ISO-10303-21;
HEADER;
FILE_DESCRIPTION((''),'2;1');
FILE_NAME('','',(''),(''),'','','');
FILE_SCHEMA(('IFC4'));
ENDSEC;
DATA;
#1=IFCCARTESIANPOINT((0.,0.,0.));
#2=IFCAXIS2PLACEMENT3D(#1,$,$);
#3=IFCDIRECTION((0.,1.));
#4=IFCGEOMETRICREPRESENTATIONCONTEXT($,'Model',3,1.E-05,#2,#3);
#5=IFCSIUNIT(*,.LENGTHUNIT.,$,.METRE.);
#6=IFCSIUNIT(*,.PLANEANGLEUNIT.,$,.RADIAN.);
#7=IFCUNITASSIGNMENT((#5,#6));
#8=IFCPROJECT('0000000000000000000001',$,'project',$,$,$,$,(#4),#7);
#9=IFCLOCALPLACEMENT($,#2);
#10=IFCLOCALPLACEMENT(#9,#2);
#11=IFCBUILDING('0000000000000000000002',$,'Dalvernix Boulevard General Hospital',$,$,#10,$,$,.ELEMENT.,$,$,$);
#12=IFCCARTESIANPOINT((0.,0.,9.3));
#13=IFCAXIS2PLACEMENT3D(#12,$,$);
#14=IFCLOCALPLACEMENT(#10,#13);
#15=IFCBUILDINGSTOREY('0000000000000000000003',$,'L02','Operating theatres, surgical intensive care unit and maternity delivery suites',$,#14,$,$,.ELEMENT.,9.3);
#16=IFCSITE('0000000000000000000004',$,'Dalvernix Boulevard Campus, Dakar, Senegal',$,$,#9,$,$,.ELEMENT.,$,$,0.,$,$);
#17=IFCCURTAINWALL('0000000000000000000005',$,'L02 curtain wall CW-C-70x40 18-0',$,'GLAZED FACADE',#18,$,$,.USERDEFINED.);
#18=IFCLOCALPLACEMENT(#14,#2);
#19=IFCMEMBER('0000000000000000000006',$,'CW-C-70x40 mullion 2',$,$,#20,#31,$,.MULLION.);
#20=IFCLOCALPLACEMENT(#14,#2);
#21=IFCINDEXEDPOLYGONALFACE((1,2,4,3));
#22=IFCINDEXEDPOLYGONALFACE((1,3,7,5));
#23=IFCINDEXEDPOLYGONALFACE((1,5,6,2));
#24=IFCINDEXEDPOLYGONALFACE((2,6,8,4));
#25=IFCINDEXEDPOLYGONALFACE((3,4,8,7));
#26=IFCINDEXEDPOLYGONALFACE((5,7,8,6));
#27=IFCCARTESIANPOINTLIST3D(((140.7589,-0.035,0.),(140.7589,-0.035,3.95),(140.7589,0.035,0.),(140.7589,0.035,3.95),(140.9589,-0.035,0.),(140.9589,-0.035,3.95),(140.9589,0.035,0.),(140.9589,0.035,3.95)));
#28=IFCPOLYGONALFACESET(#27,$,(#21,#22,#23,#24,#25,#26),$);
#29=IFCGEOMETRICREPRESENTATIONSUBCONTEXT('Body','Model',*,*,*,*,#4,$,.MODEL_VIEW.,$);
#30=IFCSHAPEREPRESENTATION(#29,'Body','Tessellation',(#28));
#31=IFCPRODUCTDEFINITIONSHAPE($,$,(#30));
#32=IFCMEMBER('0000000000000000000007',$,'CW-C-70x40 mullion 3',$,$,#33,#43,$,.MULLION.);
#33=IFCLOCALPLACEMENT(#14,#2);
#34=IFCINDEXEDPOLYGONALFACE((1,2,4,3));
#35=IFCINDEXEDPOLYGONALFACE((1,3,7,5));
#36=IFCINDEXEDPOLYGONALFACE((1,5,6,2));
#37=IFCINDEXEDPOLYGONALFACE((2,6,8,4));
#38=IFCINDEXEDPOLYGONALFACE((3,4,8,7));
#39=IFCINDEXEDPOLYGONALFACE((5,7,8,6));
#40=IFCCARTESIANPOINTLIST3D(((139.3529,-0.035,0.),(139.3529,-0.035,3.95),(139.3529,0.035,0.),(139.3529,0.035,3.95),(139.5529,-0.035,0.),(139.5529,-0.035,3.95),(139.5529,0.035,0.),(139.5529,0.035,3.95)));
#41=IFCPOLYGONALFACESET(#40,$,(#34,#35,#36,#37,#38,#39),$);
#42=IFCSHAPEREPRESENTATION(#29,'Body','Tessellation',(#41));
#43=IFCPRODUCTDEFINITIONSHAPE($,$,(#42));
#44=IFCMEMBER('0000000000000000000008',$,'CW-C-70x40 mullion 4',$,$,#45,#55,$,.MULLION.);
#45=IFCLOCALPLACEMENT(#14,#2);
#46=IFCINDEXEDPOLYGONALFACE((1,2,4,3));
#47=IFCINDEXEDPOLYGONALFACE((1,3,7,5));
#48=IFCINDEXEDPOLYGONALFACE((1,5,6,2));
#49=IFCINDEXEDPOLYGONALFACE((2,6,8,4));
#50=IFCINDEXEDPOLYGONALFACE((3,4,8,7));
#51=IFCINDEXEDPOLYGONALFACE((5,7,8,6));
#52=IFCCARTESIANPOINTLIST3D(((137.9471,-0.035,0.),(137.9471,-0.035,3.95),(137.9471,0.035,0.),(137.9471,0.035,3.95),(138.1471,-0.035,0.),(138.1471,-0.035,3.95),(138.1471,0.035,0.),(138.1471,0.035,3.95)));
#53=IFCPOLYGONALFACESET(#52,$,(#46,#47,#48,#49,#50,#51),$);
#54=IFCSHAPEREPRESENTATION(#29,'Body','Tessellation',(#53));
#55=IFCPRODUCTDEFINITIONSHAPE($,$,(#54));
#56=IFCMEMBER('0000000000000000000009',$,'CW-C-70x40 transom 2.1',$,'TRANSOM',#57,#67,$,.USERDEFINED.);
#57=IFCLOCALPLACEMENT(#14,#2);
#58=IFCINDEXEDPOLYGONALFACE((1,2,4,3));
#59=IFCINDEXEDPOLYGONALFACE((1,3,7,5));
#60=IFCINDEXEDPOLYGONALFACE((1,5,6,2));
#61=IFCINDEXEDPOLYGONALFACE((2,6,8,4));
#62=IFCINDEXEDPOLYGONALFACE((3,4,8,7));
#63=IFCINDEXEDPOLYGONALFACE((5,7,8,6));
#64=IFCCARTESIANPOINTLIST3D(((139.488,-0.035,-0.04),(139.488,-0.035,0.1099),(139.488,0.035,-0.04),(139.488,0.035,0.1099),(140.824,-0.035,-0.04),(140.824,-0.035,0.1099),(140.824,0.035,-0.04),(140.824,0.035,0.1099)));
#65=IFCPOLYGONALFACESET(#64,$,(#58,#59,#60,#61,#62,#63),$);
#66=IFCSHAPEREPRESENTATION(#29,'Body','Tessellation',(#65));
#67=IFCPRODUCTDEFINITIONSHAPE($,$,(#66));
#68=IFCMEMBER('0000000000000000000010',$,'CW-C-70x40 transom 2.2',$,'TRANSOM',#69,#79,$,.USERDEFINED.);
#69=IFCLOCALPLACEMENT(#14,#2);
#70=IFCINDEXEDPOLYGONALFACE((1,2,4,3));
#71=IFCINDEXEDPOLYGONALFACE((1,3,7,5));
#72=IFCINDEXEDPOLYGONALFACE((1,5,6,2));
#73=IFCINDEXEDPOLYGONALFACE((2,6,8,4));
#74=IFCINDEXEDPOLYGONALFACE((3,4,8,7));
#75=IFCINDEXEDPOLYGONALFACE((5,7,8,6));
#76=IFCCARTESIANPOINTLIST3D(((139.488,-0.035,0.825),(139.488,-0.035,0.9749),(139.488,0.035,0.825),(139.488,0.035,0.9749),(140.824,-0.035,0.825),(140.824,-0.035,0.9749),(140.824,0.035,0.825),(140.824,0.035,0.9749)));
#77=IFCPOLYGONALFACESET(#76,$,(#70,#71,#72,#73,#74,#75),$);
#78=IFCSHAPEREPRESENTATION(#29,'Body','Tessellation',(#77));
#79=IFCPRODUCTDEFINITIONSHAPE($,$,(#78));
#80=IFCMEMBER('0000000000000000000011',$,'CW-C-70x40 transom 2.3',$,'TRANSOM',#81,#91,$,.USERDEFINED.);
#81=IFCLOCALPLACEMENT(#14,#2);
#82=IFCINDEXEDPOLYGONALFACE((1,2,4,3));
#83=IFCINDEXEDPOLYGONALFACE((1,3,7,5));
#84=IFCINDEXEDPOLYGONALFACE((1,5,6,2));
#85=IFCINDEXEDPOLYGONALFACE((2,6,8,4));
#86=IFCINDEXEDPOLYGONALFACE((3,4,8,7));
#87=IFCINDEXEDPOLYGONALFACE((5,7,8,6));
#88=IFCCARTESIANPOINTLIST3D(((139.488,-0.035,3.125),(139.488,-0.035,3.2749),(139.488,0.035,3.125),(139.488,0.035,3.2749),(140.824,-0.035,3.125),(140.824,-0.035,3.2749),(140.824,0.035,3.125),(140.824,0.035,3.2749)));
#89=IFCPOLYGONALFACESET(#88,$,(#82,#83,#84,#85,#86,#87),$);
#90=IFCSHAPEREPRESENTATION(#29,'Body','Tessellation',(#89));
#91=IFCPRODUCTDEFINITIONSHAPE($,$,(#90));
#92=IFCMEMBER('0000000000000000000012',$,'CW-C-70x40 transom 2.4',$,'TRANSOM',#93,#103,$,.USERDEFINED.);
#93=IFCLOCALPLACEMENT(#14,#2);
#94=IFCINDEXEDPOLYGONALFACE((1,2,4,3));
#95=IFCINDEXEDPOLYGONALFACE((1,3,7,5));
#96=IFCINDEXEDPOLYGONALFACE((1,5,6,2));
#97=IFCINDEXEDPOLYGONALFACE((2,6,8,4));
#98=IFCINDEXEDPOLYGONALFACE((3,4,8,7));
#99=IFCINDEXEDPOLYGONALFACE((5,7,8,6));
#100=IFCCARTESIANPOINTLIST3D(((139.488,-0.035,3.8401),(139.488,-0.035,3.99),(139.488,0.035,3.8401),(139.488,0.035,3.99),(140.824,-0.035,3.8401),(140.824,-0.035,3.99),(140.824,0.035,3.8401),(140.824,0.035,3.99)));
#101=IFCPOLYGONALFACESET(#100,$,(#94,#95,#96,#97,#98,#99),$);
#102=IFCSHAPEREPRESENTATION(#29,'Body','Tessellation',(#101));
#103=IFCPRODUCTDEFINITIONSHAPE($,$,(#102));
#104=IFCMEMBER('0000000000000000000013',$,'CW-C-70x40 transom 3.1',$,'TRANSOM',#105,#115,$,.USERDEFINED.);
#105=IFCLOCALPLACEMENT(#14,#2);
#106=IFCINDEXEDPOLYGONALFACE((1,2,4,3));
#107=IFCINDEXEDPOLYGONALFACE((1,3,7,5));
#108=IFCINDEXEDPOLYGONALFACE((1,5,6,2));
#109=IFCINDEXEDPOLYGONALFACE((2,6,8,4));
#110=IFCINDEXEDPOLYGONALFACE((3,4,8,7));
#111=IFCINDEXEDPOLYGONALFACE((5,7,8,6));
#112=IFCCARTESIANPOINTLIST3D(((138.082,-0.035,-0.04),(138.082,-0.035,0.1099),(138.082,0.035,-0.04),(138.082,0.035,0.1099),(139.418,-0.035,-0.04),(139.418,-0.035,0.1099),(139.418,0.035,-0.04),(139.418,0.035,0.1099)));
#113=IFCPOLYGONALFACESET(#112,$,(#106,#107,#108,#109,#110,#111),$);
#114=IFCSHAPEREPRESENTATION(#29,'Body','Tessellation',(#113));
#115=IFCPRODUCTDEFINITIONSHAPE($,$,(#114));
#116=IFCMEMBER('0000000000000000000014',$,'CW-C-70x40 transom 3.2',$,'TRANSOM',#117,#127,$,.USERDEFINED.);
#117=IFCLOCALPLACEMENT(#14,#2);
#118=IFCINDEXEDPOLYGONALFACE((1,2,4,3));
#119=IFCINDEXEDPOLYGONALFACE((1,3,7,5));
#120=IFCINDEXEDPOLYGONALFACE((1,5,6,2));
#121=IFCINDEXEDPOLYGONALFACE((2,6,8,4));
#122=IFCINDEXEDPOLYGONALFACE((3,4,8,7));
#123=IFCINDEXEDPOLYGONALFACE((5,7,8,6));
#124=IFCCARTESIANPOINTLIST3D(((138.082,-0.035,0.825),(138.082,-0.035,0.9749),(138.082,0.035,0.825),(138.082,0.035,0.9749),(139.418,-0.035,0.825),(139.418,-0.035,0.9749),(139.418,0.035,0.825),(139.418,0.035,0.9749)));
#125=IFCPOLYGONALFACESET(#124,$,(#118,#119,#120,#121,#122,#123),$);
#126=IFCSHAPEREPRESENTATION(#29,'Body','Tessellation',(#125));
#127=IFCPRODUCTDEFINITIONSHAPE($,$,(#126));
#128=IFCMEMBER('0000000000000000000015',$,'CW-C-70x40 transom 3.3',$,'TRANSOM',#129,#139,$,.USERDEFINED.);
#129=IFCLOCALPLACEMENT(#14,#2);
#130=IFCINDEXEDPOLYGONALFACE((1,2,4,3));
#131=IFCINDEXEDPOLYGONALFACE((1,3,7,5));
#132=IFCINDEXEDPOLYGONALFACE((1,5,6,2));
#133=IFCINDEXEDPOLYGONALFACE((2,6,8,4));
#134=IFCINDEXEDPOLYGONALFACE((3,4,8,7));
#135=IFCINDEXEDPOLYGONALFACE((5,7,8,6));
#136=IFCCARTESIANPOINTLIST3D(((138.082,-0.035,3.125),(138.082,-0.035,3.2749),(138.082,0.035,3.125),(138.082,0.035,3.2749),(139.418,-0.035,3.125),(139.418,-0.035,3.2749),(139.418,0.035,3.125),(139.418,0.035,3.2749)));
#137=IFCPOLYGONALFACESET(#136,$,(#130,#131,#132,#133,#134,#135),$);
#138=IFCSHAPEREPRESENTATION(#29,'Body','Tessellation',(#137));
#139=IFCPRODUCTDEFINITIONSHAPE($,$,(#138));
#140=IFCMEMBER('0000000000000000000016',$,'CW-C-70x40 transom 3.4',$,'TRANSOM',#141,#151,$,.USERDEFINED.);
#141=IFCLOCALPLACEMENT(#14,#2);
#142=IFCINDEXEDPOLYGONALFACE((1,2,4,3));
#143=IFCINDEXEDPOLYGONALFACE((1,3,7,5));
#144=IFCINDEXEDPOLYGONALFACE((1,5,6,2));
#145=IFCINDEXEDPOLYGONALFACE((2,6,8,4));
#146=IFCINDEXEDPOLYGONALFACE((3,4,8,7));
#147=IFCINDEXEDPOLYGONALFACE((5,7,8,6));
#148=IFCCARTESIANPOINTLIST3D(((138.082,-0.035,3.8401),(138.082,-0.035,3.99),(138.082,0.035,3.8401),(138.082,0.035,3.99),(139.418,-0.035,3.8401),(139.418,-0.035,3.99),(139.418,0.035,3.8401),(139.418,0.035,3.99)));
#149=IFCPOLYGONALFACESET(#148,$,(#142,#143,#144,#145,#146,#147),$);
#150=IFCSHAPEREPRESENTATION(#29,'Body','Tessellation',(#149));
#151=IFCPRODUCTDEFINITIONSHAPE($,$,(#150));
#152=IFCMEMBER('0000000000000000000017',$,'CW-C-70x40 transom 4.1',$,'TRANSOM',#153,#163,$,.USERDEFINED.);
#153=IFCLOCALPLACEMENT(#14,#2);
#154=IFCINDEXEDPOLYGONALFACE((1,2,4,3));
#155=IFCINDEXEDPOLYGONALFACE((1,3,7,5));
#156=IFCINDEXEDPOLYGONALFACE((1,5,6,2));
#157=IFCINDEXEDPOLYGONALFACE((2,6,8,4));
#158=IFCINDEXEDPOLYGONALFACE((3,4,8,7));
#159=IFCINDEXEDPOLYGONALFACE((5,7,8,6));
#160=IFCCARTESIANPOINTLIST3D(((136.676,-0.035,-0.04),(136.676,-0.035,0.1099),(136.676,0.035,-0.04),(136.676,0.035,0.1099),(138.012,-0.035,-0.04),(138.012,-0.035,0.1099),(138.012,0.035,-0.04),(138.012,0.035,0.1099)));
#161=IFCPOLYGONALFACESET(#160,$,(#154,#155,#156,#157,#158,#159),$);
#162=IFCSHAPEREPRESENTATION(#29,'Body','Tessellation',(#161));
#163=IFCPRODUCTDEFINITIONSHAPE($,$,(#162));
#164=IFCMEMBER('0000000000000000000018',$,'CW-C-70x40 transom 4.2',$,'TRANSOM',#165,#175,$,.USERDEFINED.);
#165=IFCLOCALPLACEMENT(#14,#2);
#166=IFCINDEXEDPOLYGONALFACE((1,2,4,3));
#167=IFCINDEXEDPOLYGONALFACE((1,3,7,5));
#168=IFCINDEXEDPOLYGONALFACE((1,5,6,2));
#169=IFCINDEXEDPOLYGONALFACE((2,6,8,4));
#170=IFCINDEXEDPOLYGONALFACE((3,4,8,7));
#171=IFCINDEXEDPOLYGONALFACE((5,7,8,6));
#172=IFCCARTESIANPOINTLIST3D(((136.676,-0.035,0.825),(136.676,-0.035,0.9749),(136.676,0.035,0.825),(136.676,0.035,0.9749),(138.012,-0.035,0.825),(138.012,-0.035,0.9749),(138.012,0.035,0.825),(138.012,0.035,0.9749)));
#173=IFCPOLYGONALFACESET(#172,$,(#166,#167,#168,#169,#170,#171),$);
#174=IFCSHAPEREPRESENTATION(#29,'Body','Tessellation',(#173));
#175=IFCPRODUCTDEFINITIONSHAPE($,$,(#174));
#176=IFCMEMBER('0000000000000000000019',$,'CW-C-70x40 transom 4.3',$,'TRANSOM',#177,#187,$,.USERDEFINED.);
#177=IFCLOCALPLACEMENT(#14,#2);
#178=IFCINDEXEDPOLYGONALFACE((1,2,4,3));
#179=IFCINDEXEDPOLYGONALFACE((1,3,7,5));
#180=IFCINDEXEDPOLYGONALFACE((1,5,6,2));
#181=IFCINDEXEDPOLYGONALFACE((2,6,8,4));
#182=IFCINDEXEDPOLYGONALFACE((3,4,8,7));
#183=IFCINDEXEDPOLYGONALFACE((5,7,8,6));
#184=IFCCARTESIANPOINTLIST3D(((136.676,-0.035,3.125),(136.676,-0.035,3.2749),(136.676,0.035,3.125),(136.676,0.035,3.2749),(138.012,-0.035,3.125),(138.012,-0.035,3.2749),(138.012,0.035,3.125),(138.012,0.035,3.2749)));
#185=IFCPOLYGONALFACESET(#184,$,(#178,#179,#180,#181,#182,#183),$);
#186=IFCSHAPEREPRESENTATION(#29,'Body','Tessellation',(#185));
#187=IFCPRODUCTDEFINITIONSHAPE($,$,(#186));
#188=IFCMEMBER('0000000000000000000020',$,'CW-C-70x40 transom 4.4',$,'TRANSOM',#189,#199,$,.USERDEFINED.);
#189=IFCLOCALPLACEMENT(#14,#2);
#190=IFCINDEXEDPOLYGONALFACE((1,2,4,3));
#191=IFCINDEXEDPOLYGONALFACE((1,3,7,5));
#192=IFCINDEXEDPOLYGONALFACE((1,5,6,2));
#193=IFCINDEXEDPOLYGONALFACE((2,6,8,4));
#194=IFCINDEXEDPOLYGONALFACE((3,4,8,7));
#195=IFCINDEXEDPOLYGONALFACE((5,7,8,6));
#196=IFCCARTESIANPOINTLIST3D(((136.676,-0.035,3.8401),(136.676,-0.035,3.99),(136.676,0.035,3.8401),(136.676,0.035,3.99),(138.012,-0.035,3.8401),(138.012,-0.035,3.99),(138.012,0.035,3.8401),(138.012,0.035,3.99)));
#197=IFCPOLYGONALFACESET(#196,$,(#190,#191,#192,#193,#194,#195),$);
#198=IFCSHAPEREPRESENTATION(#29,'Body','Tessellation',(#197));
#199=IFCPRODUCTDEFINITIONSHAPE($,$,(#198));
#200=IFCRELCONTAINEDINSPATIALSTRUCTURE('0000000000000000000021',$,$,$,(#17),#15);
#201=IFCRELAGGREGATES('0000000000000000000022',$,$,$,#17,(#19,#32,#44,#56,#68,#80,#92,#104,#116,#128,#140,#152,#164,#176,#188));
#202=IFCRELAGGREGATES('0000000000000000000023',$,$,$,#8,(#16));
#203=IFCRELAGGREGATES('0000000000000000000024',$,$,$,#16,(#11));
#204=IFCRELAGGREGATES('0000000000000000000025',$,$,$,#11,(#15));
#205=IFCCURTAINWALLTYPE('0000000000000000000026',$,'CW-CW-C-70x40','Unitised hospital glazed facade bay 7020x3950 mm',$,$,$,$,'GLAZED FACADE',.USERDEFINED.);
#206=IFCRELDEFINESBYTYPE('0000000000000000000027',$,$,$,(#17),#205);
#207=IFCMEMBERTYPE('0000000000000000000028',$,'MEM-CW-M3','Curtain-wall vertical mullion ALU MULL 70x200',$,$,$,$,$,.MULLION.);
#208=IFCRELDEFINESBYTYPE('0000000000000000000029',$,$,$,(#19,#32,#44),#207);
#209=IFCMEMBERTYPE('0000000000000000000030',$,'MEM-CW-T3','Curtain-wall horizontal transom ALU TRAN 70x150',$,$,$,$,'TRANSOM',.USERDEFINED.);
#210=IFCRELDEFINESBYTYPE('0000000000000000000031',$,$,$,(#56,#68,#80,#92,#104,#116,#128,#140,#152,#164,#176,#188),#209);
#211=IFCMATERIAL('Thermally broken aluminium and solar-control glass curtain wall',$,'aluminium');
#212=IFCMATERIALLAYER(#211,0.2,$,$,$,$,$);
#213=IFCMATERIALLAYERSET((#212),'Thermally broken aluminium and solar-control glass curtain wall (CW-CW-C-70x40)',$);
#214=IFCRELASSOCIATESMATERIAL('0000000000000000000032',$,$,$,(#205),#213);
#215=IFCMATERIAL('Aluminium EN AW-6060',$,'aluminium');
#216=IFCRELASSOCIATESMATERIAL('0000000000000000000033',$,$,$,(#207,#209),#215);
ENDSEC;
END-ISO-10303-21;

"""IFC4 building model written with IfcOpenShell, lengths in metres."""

from ifc_helpers import new_model, si_unit, direction, frame, origin, origin_2d, place, context, subcontext, project, spatial, rectangle, extrude, material, layer, layer_set, material_profile, profile_set, type_object, element, aggregate, save


model = new_model("IFC4")

# Units and contexts
model_context = context("Model", 3, precision=1e-05, world=origin(), true_north=direction((0.0, 1.0)))
body_context = subcontext(model_context, "Body", "Model", "MODEL_VIEW")
ifc_project = project(units=[si_unit("LENGTHUNIT", "METRE"), si_unit("PLANEANGLEUNIT", "RADIAN")], contexts=[model_context])

# Site, building, storey
site_placement = place(None, origin())
site = spatial("IfcSite", under=ifc_project, at=site_placement, Name="Dalvernix Boulevard Campus, Dakar, Senegal", CompositionType="ELEMENT", RefElevation=0.0)
building_placement = place(site_placement, origin())
building = spatial("IfcBuilding", under=site, at=building_placement, Name="Dalvernix Boulevard General Hospital", CompositionType="ELEMENT")
storey_placement = place(building_placement, frame((0.0, 0.0, 9.3)))
storey = spatial("IfcBuildingStorey", under=building, at=storey_placement, Name="L02", Description="Operating theatres, surgical intensive care unit and maternity delivery suites", CompositionType="ELEMENT", Elevation=9.3)

# Curtain wall, members
ifc_material_1 = material(Name="Thermally broken aluminium and solar-control glass curtain wall", Category="aluminium")
ifc_layer_1 = layer(ifc_material_1, 0.2)
ifc_layer_set_1 = layer_set([ifc_layer_1], Name="Thermally broken aluminium and solar-control glass curtain wall (CW-CW-C-70x40)")
curtain_wall_type = type_object("IfcCurtainWallType", Name="CW-CW-C-70x40", Description="Unitised hospital glazed facade bay 7020x3950 mm", ElementType="GLAZED FACADE", PredefinedType="USERDEFINED", material=ifc_layer_set_1)
curtain_wall_placement = place(storey_placement, origin())
curtain_wall = element("IfcCurtainWall", 1, at=curtain_wall_placement, inside=storey, type_object=curtain_wall_type, Name="L02 curtain wall CW-C-70x40 18-0", ObjectType="GLAZED FACADE", PredefinedType="USERDEFINED")
ifc_material_2 = material(Name="Aluminium EN AW-6060", Category="aluminium")
ifc_material_profile_1 = material_profile(ifc_material_2, rectangle(XDim=0.0701, YDim=0.2, at=origin_2d()), Name="ALU MULL 70x200")
ifc_profile_set_1 = profile_set([ifc_material_profile_1], Name="Aluminium EN AW-6060")
member_type_1 = type_object("IfcMemberType", Name="MEM-CW-M3", Description="Curtain-wall vertical mullion ALU MULL 70x200", PredefinedType="MULLION", material=ifc_profile_set_1)
member_1_placement = place(storey_placement, frame((140.8589, 0.0, 0.0), z_axis=(0.0, 0.0, 1.0), x_axis=(0.0, -1.0, 0.0)))
member_1 = element("IfcMember", 2, at=member_1_placement, type_object=member_type_1, Name="CW-C-70x40 mullion 2", PredefinedType="MULLION", context=body_context, shape_type="SweptSolid", body=[
    extrude(rectangle(XDim=0.0701, YDim=0.2, at=origin_2d()), origin(), (0.0, 0.0, 1.0), 3.95),
])
member_2_placement = place(storey_placement, frame((139.4529, 0.0, 0.0), z_axis=(0.0, 0.0, 1.0), x_axis=(0.0, -1.0, 0.0)))
member_2 = element("IfcMember", 3, at=member_2_placement, type_object=member_type_1, Name="CW-C-70x40 mullion 3", PredefinedType="MULLION", context=body_context, shape_type="SweptSolid", body=[
    extrude(rectangle(XDim=0.0701, YDim=0.2, at=origin_2d()), origin(), (0.0, 0.0, 1.0), 3.95),
])
member_3_placement = place(storey_placement, frame((138.0471, 0.0, 0.0), z_axis=(0.0, 0.0, 1.0), x_axis=(0.0, -1.0, 0.0)))
member_3 = element("IfcMember", 4, at=member_3_placement, type_object=member_type_1, Name="CW-C-70x40 mullion 4", PredefinedType="MULLION", context=body_context, shape_type="SweptSolid", body=[
    extrude(rectangle(XDim=0.0701, YDim=0.2, at=origin_2d()), origin(), (0.0, 0.0, 1.0), 3.95),
])
ifc_material_profile_2 = material_profile(ifc_material_2, rectangle(XDim=0.0701, YDim=0.1499, at=origin_2d()), Name="ALU TRAN 70x150")
ifc_profile_set_2 = profile_set([ifc_material_profile_2], Name="Aluminium EN AW-6060")
member_type_2 = type_object("IfcMemberType", Name="MEM-CW-T3", Description="Curtain-wall horizontal transom ALU TRAN 70x150", ElementType="TRANSOM", PredefinedType="USERDEFINED", material=ifc_profile_set_2)
member_4_placement = place(storey_placement, frame((140.824, 0.0, 0.0349), z_axis=(-1.0, 0.0, 0.0), x_axis=(0.0, -1.0, 0.0)))
member_4 = element("IfcMember", 5, at=member_4_placement, type_object=member_type_2, Name="CW-C-70x40 transom 2.1", ObjectType="TRANSOM", PredefinedType="USERDEFINED", context=body_context, shape_type="SweptSolid", body=[
    extrude(rectangle(XDim=0.0701, YDim=0.1499, at=origin_2d()), origin(), (0.0, 0.0, 1.0), 1.3359),
])
member_5_placement = place(storey_placement, frame((140.824, 0.0, 0.8999), z_axis=(-1.0, 0.0, 0.0), x_axis=(0.0, -1.0, 0.0)))
member_5 = element("IfcMember", 6, at=member_5_placement, type_object=member_type_2, Name="CW-C-70x40 transom 2.2", ObjectType="TRANSOM", PredefinedType="USERDEFINED", context=body_context, shape_type="SweptSolid", body=[
    extrude(rectangle(XDim=0.0701, YDim=0.1499, at=origin_2d()), origin(), (0.0, 0.0, 1.0), 1.3359),
])
member_6_placement = place(storey_placement, frame((140.824, 0.0, 3.2), z_axis=(-1.0, 0.0, 0.0), x_axis=(0.0, -1.0, 0.0)))
member_6 = element("IfcMember", 7, at=member_6_placement, type_object=member_type_2, Name="CW-C-70x40 transom 2.3", ObjectType="TRANSOM", PredefinedType="USERDEFINED", context=body_context, shape_type="SweptSolid", body=[
    extrude(rectangle(XDim=0.0701, YDim=0.1499, at=origin_2d()), origin(), (0.0, 0.0, 1.0), 1.3359),
])
member_7_placement = place(storey_placement, frame((140.824, 0.0, 3.915), z_axis=(-1.0, 0.0, 0.0), x_axis=(0.0, -1.0, 0.0)))
member_7 = element("IfcMember", 8, at=member_7_placement, type_object=member_type_2, Name="CW-C-70x40 transom 2.4", ObjectType="TRANSOM", PredefinedType="USERDEFINED", context=body_context, shape_type="SweptSolid", body=[
    extrude(rectangle(XDim=0.0701, YDim=0.1499, at=origin_2d()), origin(), (0.0, 0.0, 1.0), 1.3359),
])
member_8_placement = place(storey_placement, frame((139.418, 0.0, 0.0349), z_axis=(-1.0, 0.0, 0.0), x_axis=(0.0, -1.0, 0.0)))
member_8 = element("IfcMember", 9, at=member_8_placement, type_object=member_type_2, Name="CW-C-70x40 transom 3.1", ObjectType="TRANSOM", PredefinedType="USERDEFINED", context=body_context, shape_type="SweptSolid", body=[
    extrude(rectangle(XDim=0.0701, YDim=0.1499, at=origin_2d()), origin(), (0.0, 0.0, 1.0), 1.3359),
])
member_9_placement = place(storey_placement, frame((139.418, 0.0, 0.8999), z_axis=(-1.0, 0.0, 0.0), x_axis=(0.0, -1.0, 0.0)))
member_9 = element("IfcMember", 10, at=member_9_placement, type_object=member_type_2, Name="CW-C-70x40 transom 3.2", ObjectType="TRANSOM", PredefinedType="USERDEFINED", context=body_context, shape_type="SweptSolid", body=[
    extrude(rectangle(XDim=0.0701, YDim=0.1499, at=origin_2d()), origin(), (0.0, 0.0, 1.0), 1.3359),
])
member_10_placement = place(storey_placement, frame((139.418, 0.0, 3.2), z_axis=(-1.0, 0.0, 0.0), x_axis=(0.0, -1.0, 0.0)))
member_10 = element("IfcMember", 11, at=member_10_placement, type_object=member_type_2, Name="CW-C-70x40 transom 3.3", ObjectType="TRANSOM", PredefinedType="USERDEFINED", context=body_context, shape_type="SweptSolid", body=[
    extrude(rectangle(XDim=0.0701, YDim=0.1499, at=origin_2d()), origin(), (0.0, 0.0, 1.0), 1.3359),
])
member_11_placement = place(storey_placement, frame((139.418, 0.0, 3.915), z_axis=(-1.0, 0.0, 0.0), x_axis=(0.0, -1.0, 0.0)))
member_11 = element("IfcMember", 12, at=member_11_placement, type_object=member_type_2, Name="CW-C-70x40 transom 3.4", ObjectType="TRANSOM", PredefinedType="USERDEFINED", context=body_context, shape_type="SweptSolid", body=[
    extrude(rectangle(XDim=0.0701, YDim=0.1499, at=origin_2d()), origin(), (0.0, 0.0, 1.0), 1.3359),
])
member_12_placement = place(storey_placement, frame((138.012, 0.0, 0.0349), z_axis=(-1.0, 0.0, 0.0), x_axis=(0.0, -1.0, 0.0)))
member_12 = element("IfcMember", 13, at=member_12_placement, type_object=member_type_2, Name="CW-C-70x40 transom 4.1", ObjectType="TRANSOM", PredefinedType="USERDEFINED", context=body_context, shape_type="SweptSolid", body=[
    extrude(rectangle(XDim=0.0701, YDim=0.1499, at=origin_2d()), origin(), (0.0, 0.0, 1.0), 1.3359),
])
member_13_placement = place(storey_placement, frame((138.012, 0.0, 0.8999), z_axis=(-1.0, 0.0, 0.0), x_axis=(0.0, -1.0, 0.0)))
member_13 = element("IfcMember", 14, at=member_13_placement, type_object=member_type_2, Name="CW-C-70x40 transom 4.2", ObjectType="TRANSOM", PredefinedType="USERDEFINED", context=body_context, shape_type="SweptSolid", body=[
    extrude(rectangle(XDim=0.0701, YDim=0.1499, at=origin_2d()), origin(), (0.0, 0.0, 1.0), 1.3359),
])
member_14_placement = place(storey_placement, frame((138.012, 0.0, 3.2), z_axis=(-1.0, 0.0, 0.0), x_axis=(0.0, -1.0, 0.0)))
member_14 = element("IfcMember", 15, at=member_14_placement, type_object=member_type_2, Name="CW-C-70x40 transom 4.3", ObjectType="TRANSOM", PredefinedType="USERDEFINED", context=body_context, shape_type="SweptSolid", body=[
    extrude(rectangle(XDim=0.0701, YDim=0.1499, at=origin_2d()), origin(), (0.0, 0.0, 1.0), 1.3359),
])
member_15_placement = place(storey_placement, frame((138.012, 0.0, 3.915), z_axis=(-1.0, 0.0, 0.0), x_axis=(0.0, -1.0, 0.0)))
member_15 = element("IfcMember", 16, at=member_15_placement, type_object=member_type_2, Name="CW-C-70x40 transom 4.4", ObjectType="TRANSOM", PredefinedType="USERDEFINED", context=body_context, shape_type="SweptSolid", body=[
    extrude(rectangle(XDim=0.0701, YDim=0.1499, at=origin_2d()), origin(), (0.0, 0.0, 1.0), 1.3359),
])
aggregate(curtain_wall, [member_1, member_2, member_3, member_4, member_5, member_6, member_7, member_8, member_9, member_10, member_11, member_12, member_13, member_14, member_15])

save(model, "model.ifc")
